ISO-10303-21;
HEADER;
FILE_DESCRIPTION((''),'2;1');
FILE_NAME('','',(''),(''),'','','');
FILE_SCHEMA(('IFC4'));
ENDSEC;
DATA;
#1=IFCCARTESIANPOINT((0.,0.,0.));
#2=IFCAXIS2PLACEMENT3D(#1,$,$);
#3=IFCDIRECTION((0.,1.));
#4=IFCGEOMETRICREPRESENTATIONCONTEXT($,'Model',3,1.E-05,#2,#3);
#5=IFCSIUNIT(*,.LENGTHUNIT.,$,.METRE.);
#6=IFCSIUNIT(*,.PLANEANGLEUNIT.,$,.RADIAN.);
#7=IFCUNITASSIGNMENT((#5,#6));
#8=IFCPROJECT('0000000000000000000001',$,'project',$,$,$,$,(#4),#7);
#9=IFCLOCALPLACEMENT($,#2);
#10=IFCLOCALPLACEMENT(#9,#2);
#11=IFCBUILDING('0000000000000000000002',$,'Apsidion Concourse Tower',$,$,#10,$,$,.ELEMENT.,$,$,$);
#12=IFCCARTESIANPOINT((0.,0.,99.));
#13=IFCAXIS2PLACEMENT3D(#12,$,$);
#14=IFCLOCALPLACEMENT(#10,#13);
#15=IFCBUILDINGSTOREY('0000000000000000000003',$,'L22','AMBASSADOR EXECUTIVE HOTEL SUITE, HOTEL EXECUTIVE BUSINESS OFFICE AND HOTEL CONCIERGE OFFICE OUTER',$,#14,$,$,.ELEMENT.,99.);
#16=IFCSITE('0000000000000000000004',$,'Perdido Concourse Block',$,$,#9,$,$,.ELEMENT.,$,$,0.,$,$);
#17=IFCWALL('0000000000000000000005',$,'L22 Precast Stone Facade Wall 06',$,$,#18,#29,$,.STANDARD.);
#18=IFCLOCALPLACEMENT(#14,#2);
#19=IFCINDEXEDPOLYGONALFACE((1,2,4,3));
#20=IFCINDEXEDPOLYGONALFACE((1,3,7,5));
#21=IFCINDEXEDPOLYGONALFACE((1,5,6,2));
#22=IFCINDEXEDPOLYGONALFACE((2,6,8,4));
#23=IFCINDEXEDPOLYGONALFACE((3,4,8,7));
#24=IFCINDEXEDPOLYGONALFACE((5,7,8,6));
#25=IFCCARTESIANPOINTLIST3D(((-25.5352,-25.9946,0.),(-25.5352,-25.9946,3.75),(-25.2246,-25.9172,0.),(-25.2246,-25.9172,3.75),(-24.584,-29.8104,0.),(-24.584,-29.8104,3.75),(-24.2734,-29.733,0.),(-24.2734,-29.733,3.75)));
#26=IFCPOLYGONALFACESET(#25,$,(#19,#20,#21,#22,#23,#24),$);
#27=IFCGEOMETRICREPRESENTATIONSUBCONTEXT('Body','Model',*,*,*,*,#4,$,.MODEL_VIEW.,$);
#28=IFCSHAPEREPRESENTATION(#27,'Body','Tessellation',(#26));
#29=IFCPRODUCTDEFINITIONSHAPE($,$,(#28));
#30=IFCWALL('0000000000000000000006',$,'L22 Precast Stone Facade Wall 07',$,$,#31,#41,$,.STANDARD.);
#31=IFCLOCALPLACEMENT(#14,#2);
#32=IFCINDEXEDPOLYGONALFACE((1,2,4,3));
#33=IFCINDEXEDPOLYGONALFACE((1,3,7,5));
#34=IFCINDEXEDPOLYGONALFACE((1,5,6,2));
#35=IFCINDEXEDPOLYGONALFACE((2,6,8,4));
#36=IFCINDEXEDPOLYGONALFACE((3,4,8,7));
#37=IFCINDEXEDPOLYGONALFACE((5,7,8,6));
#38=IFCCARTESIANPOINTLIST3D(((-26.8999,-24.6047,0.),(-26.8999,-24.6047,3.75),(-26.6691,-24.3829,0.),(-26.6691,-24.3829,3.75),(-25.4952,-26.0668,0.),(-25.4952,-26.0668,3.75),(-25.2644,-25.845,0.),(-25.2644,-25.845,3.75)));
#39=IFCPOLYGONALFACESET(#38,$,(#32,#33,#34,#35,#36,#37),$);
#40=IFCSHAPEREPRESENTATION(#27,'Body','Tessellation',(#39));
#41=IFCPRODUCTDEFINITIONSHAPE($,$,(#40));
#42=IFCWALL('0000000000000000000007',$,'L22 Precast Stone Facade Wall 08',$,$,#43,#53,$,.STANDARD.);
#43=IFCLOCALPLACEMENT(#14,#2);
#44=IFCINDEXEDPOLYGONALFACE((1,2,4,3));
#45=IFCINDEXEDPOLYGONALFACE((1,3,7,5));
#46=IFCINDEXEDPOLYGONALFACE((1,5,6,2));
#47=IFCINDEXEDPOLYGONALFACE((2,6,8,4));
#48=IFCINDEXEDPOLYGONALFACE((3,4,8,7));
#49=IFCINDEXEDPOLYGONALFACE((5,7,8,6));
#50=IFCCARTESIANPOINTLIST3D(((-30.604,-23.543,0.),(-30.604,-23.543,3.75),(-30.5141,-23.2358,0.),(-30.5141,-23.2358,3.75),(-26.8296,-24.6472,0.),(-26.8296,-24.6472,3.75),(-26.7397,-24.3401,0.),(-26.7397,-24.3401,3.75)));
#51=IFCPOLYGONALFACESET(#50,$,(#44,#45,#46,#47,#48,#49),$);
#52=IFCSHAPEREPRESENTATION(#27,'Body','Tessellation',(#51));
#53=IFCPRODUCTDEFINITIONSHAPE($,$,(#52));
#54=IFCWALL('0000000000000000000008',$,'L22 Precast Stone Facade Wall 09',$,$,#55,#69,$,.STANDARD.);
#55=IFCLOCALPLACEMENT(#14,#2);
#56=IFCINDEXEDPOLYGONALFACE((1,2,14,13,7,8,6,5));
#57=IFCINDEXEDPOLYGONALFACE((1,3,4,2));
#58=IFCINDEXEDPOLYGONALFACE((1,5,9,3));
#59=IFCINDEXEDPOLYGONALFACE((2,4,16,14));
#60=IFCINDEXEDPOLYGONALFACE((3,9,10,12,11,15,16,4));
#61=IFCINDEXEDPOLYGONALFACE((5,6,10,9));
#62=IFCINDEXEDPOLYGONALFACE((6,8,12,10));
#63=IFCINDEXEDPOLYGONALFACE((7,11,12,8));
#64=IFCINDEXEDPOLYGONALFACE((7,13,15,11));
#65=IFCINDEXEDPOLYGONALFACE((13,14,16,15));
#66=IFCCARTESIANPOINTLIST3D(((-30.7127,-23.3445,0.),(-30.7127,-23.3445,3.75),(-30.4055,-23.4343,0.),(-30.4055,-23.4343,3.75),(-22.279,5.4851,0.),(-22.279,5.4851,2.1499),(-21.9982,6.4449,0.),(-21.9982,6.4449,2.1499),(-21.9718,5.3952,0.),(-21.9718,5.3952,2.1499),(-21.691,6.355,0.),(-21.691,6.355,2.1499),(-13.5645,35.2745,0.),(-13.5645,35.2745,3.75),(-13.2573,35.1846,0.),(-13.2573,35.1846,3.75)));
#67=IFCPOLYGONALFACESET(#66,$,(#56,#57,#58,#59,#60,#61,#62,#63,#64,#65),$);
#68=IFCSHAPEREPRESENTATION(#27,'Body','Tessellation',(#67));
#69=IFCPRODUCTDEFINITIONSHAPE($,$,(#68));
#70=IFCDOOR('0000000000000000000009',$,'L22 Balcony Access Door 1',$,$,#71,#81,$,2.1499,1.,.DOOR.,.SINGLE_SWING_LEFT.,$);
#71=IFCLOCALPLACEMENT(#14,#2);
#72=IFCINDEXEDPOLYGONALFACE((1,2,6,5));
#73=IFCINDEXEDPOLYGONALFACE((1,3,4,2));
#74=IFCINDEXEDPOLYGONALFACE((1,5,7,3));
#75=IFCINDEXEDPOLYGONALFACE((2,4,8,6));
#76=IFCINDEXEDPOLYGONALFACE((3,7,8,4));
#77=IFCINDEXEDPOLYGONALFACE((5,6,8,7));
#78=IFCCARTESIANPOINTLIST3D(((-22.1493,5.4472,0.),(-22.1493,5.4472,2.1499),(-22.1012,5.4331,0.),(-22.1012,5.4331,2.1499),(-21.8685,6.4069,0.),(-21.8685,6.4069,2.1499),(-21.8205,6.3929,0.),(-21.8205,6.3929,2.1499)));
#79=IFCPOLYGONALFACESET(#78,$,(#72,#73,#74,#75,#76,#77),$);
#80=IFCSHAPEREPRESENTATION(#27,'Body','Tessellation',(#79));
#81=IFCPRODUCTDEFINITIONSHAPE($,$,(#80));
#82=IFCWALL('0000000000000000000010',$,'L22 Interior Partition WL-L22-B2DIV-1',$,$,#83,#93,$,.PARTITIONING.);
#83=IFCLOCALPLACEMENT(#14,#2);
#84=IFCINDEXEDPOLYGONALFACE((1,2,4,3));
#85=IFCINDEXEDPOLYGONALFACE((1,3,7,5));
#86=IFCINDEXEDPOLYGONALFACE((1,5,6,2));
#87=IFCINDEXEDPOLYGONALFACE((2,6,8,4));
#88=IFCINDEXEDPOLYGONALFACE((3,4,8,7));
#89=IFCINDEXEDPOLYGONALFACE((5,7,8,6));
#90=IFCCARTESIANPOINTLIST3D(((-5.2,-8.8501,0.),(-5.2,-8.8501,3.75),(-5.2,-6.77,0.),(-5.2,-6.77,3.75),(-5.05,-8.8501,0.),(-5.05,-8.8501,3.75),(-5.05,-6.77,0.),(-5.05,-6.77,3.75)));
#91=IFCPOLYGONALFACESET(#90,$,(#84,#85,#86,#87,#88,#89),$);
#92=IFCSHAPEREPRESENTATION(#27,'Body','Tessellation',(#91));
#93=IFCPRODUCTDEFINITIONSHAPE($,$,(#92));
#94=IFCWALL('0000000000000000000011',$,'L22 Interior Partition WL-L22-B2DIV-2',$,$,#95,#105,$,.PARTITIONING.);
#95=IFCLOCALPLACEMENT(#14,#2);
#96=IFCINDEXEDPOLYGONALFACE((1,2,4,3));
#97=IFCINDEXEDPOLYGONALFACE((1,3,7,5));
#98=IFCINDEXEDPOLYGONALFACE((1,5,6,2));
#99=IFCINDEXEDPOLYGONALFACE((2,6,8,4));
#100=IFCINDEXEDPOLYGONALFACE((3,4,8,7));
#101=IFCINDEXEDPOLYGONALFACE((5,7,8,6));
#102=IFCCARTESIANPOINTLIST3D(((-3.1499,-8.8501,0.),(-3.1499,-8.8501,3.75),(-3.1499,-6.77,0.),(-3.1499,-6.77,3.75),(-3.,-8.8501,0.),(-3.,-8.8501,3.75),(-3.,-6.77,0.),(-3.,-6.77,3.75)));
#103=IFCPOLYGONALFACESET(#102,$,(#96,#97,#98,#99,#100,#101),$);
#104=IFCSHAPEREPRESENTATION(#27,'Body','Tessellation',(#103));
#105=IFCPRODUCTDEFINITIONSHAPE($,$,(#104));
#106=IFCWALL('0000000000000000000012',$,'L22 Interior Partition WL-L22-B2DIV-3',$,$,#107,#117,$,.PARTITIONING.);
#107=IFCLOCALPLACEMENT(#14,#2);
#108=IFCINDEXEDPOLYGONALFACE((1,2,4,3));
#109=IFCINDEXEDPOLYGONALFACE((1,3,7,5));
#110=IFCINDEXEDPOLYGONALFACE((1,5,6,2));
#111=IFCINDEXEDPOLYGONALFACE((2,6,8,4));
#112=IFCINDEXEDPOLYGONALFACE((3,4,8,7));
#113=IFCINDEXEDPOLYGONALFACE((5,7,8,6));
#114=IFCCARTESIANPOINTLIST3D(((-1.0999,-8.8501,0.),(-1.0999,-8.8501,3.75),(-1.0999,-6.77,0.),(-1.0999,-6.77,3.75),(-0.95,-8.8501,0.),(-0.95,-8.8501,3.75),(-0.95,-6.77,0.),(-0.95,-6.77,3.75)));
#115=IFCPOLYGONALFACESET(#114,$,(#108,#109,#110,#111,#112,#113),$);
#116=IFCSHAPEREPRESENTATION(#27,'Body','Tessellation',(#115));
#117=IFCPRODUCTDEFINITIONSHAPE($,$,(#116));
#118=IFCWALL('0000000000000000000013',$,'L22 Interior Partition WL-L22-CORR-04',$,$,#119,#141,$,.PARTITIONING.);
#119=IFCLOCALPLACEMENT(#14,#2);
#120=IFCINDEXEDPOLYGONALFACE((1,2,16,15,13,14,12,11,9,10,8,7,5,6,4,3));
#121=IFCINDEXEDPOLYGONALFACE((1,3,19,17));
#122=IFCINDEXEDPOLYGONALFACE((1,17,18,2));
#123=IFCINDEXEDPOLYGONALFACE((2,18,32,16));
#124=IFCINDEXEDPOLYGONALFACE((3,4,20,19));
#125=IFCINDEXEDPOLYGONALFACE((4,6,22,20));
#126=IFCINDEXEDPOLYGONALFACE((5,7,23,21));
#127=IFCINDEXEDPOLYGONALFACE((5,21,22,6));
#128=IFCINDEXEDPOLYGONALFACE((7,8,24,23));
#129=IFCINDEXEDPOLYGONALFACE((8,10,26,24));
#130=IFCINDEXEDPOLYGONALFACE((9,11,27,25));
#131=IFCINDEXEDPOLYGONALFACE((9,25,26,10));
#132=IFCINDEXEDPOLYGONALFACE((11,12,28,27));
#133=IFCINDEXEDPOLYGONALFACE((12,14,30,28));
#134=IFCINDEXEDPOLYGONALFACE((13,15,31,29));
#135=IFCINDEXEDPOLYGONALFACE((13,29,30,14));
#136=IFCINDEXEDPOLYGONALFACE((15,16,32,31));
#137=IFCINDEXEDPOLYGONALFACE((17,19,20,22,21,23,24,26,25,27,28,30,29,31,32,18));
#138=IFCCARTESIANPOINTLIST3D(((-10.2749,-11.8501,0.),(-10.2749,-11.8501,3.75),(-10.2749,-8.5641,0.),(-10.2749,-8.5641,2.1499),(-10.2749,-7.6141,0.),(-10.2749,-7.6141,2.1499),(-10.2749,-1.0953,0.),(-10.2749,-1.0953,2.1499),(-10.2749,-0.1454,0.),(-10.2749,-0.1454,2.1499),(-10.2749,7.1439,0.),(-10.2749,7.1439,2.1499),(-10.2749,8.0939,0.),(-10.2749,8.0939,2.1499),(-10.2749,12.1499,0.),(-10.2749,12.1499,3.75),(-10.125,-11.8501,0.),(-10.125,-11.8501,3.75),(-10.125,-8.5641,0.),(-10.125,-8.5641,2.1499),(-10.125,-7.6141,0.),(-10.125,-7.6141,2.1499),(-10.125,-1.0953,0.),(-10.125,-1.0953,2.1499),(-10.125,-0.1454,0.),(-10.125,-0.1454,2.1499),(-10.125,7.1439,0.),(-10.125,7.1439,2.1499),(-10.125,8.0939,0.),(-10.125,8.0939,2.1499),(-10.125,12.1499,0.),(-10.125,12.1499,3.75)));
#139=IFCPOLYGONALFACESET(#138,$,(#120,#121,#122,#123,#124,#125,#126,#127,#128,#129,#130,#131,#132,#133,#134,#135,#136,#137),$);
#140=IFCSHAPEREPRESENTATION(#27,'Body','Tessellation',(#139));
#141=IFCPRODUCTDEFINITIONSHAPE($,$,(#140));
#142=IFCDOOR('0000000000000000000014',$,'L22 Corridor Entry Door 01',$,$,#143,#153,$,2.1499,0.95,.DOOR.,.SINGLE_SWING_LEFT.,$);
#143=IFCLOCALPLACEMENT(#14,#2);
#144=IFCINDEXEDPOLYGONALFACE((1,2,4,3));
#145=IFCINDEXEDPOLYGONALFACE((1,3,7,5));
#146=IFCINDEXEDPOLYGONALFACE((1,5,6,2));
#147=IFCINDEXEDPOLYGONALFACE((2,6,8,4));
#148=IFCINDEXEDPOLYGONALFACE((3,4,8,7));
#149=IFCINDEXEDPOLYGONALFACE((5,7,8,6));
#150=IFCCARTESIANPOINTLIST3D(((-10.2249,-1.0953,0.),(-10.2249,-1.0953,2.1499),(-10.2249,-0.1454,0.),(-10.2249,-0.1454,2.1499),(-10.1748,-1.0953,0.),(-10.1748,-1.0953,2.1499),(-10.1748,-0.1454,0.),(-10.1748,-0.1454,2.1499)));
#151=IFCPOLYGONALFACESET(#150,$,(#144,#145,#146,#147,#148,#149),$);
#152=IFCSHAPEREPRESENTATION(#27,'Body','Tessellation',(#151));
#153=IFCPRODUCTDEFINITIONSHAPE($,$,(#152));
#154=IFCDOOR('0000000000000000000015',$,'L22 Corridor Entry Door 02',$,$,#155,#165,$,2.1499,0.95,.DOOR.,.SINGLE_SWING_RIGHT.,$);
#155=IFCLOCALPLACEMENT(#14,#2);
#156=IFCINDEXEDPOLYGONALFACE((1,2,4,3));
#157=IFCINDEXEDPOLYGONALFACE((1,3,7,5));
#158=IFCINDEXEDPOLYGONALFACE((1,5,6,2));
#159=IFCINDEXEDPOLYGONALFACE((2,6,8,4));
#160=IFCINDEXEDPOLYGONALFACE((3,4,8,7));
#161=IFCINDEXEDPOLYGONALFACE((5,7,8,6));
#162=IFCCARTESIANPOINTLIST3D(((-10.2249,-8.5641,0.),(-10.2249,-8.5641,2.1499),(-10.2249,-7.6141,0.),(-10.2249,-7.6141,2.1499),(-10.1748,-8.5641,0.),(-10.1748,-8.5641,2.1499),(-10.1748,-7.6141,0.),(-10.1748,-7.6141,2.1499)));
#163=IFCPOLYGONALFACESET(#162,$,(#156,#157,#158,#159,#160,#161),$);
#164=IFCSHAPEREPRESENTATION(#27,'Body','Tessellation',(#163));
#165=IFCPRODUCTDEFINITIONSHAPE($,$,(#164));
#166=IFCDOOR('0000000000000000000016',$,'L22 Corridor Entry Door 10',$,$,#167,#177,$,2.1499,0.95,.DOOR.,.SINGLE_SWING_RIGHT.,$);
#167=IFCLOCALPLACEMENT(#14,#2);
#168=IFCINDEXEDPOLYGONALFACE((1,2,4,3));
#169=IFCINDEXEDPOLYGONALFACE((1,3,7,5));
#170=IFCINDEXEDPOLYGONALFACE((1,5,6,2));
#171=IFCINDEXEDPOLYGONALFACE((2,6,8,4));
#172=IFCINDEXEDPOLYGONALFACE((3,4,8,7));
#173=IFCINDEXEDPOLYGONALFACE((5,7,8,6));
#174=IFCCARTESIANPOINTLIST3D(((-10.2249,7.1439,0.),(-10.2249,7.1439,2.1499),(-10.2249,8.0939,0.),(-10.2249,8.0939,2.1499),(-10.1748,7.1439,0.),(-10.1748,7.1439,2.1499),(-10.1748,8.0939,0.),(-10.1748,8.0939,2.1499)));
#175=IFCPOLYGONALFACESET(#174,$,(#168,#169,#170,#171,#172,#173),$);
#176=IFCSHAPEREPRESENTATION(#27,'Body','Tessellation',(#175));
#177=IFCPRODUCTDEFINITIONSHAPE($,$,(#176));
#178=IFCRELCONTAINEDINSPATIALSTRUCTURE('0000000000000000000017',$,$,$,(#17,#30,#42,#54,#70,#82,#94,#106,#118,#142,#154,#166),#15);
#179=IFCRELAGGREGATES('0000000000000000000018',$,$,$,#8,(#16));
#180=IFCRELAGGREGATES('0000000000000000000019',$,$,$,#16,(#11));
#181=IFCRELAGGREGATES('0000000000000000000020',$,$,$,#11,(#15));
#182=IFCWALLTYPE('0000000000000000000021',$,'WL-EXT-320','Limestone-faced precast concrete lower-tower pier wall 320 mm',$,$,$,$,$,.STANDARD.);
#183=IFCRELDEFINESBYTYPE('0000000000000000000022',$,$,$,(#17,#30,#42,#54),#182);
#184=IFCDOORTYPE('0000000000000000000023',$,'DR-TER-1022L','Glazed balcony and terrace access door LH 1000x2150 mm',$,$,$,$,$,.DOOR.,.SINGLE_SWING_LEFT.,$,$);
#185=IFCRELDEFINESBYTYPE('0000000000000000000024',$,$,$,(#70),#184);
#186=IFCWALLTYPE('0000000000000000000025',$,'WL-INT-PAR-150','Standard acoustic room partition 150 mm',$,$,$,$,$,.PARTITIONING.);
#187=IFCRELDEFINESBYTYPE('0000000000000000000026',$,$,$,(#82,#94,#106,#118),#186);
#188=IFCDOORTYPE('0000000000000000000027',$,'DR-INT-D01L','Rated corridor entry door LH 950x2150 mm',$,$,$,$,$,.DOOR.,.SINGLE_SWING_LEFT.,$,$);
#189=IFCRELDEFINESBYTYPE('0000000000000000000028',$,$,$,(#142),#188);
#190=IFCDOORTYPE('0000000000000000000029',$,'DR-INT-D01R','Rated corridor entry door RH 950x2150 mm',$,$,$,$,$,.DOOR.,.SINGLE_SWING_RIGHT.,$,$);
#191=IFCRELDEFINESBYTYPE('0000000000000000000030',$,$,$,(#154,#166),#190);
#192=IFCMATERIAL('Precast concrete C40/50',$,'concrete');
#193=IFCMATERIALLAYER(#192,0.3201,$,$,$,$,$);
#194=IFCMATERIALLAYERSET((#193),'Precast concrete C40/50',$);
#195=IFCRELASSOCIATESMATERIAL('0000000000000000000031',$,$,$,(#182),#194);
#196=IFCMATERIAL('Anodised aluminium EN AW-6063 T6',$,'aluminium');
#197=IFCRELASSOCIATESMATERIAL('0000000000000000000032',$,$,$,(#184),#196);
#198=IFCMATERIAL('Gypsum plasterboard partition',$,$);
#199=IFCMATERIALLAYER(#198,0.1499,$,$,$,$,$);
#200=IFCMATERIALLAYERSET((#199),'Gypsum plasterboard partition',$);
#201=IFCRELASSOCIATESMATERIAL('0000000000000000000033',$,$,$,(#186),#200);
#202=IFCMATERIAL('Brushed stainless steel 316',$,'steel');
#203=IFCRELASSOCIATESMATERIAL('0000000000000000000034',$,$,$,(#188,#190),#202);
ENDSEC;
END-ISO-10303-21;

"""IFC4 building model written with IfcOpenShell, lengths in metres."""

from ifc_helpers import new_model, si_unit, direction, frame, frame_2d, origin, place, context, subcontext, project, spatial, rectangle, extrude, material, layer, layer_set, type_object, element, fill, save


model = new_model("IFC4")

# Units and contexts
model_context = context("Model", 3, precision=1e-05, world=origin(), true_north=direction((0.0, 1.0)))
body_context = subcontext(model_context, "Body", "Model", "MODEL_VIEW")
ifc_project = project(units=[si_unit("LENGTHUNIT", "METRE"), si_unit("PLANEANGLEUNIT", "RADIAN")], contexts=[model_context])

# Site, building, storey
site_placement = place(None, origin())
site = spatial("IfcSite", under=ifc_project, at=site_placement, Name="Perdido Concourse Block", CompositionType="ELEMENT", RefElevation=0.0)
building_placement = place(site_placement, origin())
building = spatial("IfcBuilding", under=site, at=building_placement, Name="Apsidion Concourse Tower", CompositionType="ELEMENT")
storey_placement = place(building_placement, frame((0.0, 0.0, 99.0)))
storey = spatial("IfcBuildingStorey", under=building, at=storey_placement, Name="L22", Description="AMBASSADOR EXECUTIVE HOTEL SUITE, HOTEL EXECUTIVE BUSINESS OFFICE AND HOTEL CONCIERGE OFFICE OUTER", CompositionType="ELEMENT", Elevation=99.0)

# Walls
ifc_material_1 = material(Name="Precast concrete C40/50", Category="concrete")
ifc_layer_1 = layer(ifc_material_1, 0.3201)
ifc_layer_set_1 = layer_set([ifc_layer_1], Name="Precast concrete C40/50")
wall_type_1 = type_object("IfcWallType", Name="WL-EXT-320", Description="Limestone-faced precast concrete lower-tower pier wall 320 mm", PredefinedType="STANDARD", material=ifc_layer_set_1)
wall_1_placement = place(storey_placement, frame((-24.4287, -29.7717, 0.0), z_axis=(0.0, 0.0, 1.0), x_axis=(-0.241864, 0.97031, 0.0)))
element("IfcWall", 1, at=wall_1_placement, inside=storey, type_object=wall_type_1, Name="L22 Precast Stone Facade Wall 06", PredefinedType="STANDARD", context=body_context, shape_type="SweptSolid", body=[
    extrude(rectangle(XDim=3.9326, YDim=0.3201, at=frame_2d((1.9663, 0.0))), origin(), (0.0, 0.0, 1.0), 3.75),
])
wall_2_placement = place(storey_placement, frame((-25.3799, -25.9558, 0.0), z_axis=(0.0, 0.0, 1.0), x_axis=(-0.692818, 0.721113, 0.0)))
element("IfcWall", 2, at=wall_2_placement, inside=storey, type_object=wall_type_1, Name="L22 Precast Stone Facade Wall 07", PredefinedType="STANDARD", context=body_context, shape_type="SweptSolid", body=[
    extrude(rectangle(XDim=2.0276, YDim=0.3201, at=frame_2d((1.0137, 0.0))), origin(), (0.0, 0.0, 1.0), 3.75),
])
wall_3_placement = place(storey_placement, frame((-26.7847, -24.4937, 0.0), z_axis=(0.0, 0.0, 1.0), x_axis=(-0.959769, 0.280791, 0.0)))
element("IfcWall", 3, at=wall_3_placement, inside=storey, type_object=wall_type_1, Name="L22 Precast Stone Facade Wall 08", PredefinedType="STANDARD", context=body_context, shape_type="SweptSolid", body=[
    extrude(rectangle(XDim=3.9326, YDim=0.3201, at=frame_2d((1.9663, 0.0))), origin(), (0.0, 0.0, 1.0), 3.75),
])

# Wall, opening, door
wall_4_placement = place(storey_placement, frame((-30.5591, -23.3894, 0.0), z_axis=(0.0, 0.0, 1.0), x_axis=(0.28077, 0.959775, 0.0)))
wall_4 = element("IfcWall", 4, at=wall_4_placement, inside=storey, type_object=wall_type_1, Name="L22 Precast Stone Facade Wall 09", PredefinedType="STANDARD", context=body_context, shape_type="SweptSolid", body=[
    extrude(rectangle(XDim=61.0757, YDim=0.3201, at=frame_2d((30.5378, 0.0))), origin(), (0.0, 0.0, 1.0), 3.75),
])
opening_1_placement = place(wall_4_placement, frame((30.0378, 0.0, 0.0)))
opening_1 = element("IfcOpeningElement", 5, at=opening_1_placement, cuts=wall_4, PredefinedType="OPENING", context=body_context, shape_type="SweptSolid", body=[
    extrude(rectangle(XDim=1.0, YDim=2.1499, at=frame_2d((0.5, 1.075))), frame((0.0, 0.1699, 0.0), z_axis=(0.0, -1.0, 0.0), x_axis=(1.0, 0.0, 0.0)), (0.0, 0.0, 1.0), 0.3401),
])
ifc_material_2 = material(Name="Anodised aluminium EN AW-6063 T6", Category="aluminium")
door_type_1 = type_object("IfcDoorType", Name="DR-TER-1022L", Description="Glazed balcony and terrace access door LH 1000x2150 mm", OperationType="SINGLE_SWING_LEFT", PredefinedType="DOOR", material=ifc_material_2)
door_1_placement = place(opening_1_placement, origin())
door_1 = element("IfcDoor", 6, at=door_1_placement, inside=storey, type_object=door_type_1, Name="L22 Balcony Access Door 1", OperationType="SINGLE_SWING_LEFT", OverallHeight=2.1499, OverallWidth=1.0, PredefinedType="DOOR", context=body_context, shape_type="SweptSolid", body=[
    extrude(rectangle(XDim=1.0, YDim=2.1499, at=frame_2d((0.5, 1.075))), frame((0.0, 0.0249, 0.0), z_axis=(0.0, -1.0, 0.0), x_axis=(1.0, 0.0, 0.0)), (0.0, 0.0, 1.0), 0.05),
])
fill(opening_1, door_1)

# Walls
ifc_material_3 = material(Name="Gypsum plasterboard partition")
ifc_layer_2 = layer(ifc_material_3, 0.1499)
ifc_layer_set_2 = layer_set([ifc_layer_2], Name="Gypsum plasterboard partition")
wall_type_2 = type_object("IfcWallType", Name="WL-INT-PAR-150", Description="Standard acoustic room partition 150 mm", PredefinedType="PARTITIONING", material=ifc_layer_set_2)
for number, where, z_axis, x_axis, name in (
    (7, (-5.125, -8.8501, 0.0), (0.0, 0.0, 1.0), (0.0, 1.0, 0.0), "L22 Interior Partition WL-L22-B2DIV-1"),
    (8, (-3.075, -8.8501, 0.0), (0.0, 0.0, 1.0), (0.0, 1.0, 0.0), "L22 Interior Partition WL-L22-B2DIV-2"),
    (9, (-1.0249, -8.8501, 0.0), (0.0, 0.0, 1.0), (0.0, 1.0, 0.0), "L22 Interior Partition WL-L22-B2DIV-3"),
):
    element("IfcWall", number, at=place(storey_placement, frame(where, z_axis=z_axis, x_axis=x_axis)), inside=storey, type_object=wall_type_2, Name=name, PredefinedType="PARTITIONING", context=body_context, shape_type="SweptSolid", body=[
        extrude(rectangle(XDim=2.0801, YDim=0.1499, at=frame_2d((1.04, 0.0))), origin(), (0.0, 0.0, 1.0), 3.75),
    ])

# Wall, openings, doors
wall_5_placement = place(storey_placement, frame((-10.2, -11.8501, 0.0), z_axis=(0.0, 0.0, 1.0), x_axis=(0.0, 1.0, 0.0)))
wall_5 = element("IfcWall", 10, at=wall_5_placement, inside=storey, type_object=wall_type_2, Name="L22 Interior Partition WL-L22-CORR-04", PredefinedType="PARTITIONING", context=body_context, shape_type="SweptSolid", body=[
    extrude(rectangle(XDim=24.0, YDim=0.1499, at=frame_2d((12.0, 0.0))), origin(), (0.0, 0.0, 1.0), 3.75),
])
opening_2_placement = place(wall_5_placement, frame((10.7546, 0.0, 0.0)))
opening_2 = element("IfcOpeningElement", 11, at=opening_2_placement, cuts=wall_5, PredefinedType="OPENING", context=body_context, shape_type="SweptSolid", body=[
    extrude(rectangle(XDim=0.95, YDim=2.1499, at=frame_2d((0.4751, 1.075))), frame((0.0, 0.085, 0.0), z_axis=(0.0, -1.0, 0.0), x_axis=(1.0, 0.0, 0.0)), (0.0, 0.0, 1.0), 0.1699),
])
opening_3_placement = place(wall_5_placement, frame((3.2859, 0.0, 0.0)))
opening_3 = element("IfcOpeningElement", 12, at=opening_3_placement, cuts=wall_5, PredefinedType="OPENING", context=body_context, shape_type="SweptSolid", body=[
    extrude(rectangle(XDim=0.95, YDim=2.1499, at=frame_2d((0.4751, 1.075))), frame((0.0, 0.085, 0.0), z_axis=(0.0, -1.0, 0.0), x_axis=(1.0, 0.0, 0.0)), (0.0, 0.0, 1.0), 0.1699),
])
opening_4_placement = place(wall_5_placement, frame((18.9939, 0.0, 0.0)))
opening_4 = element("IfcOpeningElement", 13, at=opening_4_placement, cuts=wall_5, PredefinedType="OPENING", context=body_context, shape_type="SweptSolid", body=[
    extrude(rectangle(XDim=0.95, YDim=2.1499, at=frame_2d((0.4751, 1.075))), frame((0.0, 0.085, 0.0), z_axis=(0.0, -1.0, 0.0), x_axis=(1.0, 0.0, 0.0)), (0.0, 0.0, 1.0), 0.1699),
])
ifc_material_4 = material(Name="Brushed stainless steel 316", Category="steel")
door_type_2 = type_object("IfcDoorType", Name="DR-INT-D01L", Description="Rated corridor entry door LH 950x2150 mm", OperationType="SINGLE_SWING_LEFT", PredefinedType="DOOR", material=ifc_material_4)
door_2_placement = place(opening_2_placement, origin())
door_2 = element("IfcDoor", 14, at=door_2_placement, inside=storey, type_object=door_type_2, Name="L22 Corridor Entry Door 01", OperationType="SINGLE_SWING_LEFT", OverallHeight=2.1499, OverallWidth=0.95, PredefinedType="DOOR", context=body_context, shape_type="SweptSolid", body=[
    extrude(rectangle(XDim=0.95, YDim=2.1499, at=frame_2d((0.4751, 1.075))), frame((0.0, 0.0249, 0.0), z_axis=(0.0, -1.0, 0.0), x_axis=(1.0, 0.0, 0.0)), (0.0, 0.0, 1.0), 0.05),
])
fill(opening_2, door_2)
door_type_3 = type_object("IfcDoorType", Name="DR-INT-D01R", Description="Rated corridor entry door RH 950x2150 mm", OperationType="SINGLE_SWING_RIGHT", PredefinedType="DOOR", material=ifc_material_4)
door_3_placement = place(opening_3_placement, origin())
door_3 = element("IfcDoor", 15, at=door_3_placement, inside=storey, type_object=door_type_3, Name="L22 Corridor Entry Door 02", OperationType="SINGLE_SWING_RIGHT", OverallHeight=2.1499, OverallWidth=0.95, PredefinedType="DOOR", context=body_context, shape_type="SweptSolid", body=[
    extrude(rectangle(XDim=0.95, YDim=2.1499, at=frame_2d((0.4751, 1.075))), frame((0.0, 0.0249, 0.0), z_axis=(0.0, -1.0, 0.0), x_axis=(1.0, 0.0, 0.0)), (0.0, 0.0, 1.0), 0.05),
])
fill(opening_3, door_3)
door_4_placement = place(opening_4_placement, origin())
door_4 = element("IfcDoor", 16, at=door_4_placement, inside=storey, type_object=door_type_3, Name="L22 Corridor Entry Door 10", OperationType="SINGLE_SWING_RIGHT", OverallHeight=2.1499, OverallWidth=0.95, PredefinedType="DOOR", context=body_context, shape_type="SweptSolid", body=[
    extrude(rectangle(XDim=0.95, YDim=2.1499, at=frame_2d((0.4751, 1.075))), frame((0.0, 0.0249, 0.0), z_axis=(0.0, -1.0, 0.0), x_axis=(1.0, 0.0, 0.0)), (0.0, 0.0, 1.0), 0.05),
])
fill(opening_4, door_4)

save(model, "model.ifc")
